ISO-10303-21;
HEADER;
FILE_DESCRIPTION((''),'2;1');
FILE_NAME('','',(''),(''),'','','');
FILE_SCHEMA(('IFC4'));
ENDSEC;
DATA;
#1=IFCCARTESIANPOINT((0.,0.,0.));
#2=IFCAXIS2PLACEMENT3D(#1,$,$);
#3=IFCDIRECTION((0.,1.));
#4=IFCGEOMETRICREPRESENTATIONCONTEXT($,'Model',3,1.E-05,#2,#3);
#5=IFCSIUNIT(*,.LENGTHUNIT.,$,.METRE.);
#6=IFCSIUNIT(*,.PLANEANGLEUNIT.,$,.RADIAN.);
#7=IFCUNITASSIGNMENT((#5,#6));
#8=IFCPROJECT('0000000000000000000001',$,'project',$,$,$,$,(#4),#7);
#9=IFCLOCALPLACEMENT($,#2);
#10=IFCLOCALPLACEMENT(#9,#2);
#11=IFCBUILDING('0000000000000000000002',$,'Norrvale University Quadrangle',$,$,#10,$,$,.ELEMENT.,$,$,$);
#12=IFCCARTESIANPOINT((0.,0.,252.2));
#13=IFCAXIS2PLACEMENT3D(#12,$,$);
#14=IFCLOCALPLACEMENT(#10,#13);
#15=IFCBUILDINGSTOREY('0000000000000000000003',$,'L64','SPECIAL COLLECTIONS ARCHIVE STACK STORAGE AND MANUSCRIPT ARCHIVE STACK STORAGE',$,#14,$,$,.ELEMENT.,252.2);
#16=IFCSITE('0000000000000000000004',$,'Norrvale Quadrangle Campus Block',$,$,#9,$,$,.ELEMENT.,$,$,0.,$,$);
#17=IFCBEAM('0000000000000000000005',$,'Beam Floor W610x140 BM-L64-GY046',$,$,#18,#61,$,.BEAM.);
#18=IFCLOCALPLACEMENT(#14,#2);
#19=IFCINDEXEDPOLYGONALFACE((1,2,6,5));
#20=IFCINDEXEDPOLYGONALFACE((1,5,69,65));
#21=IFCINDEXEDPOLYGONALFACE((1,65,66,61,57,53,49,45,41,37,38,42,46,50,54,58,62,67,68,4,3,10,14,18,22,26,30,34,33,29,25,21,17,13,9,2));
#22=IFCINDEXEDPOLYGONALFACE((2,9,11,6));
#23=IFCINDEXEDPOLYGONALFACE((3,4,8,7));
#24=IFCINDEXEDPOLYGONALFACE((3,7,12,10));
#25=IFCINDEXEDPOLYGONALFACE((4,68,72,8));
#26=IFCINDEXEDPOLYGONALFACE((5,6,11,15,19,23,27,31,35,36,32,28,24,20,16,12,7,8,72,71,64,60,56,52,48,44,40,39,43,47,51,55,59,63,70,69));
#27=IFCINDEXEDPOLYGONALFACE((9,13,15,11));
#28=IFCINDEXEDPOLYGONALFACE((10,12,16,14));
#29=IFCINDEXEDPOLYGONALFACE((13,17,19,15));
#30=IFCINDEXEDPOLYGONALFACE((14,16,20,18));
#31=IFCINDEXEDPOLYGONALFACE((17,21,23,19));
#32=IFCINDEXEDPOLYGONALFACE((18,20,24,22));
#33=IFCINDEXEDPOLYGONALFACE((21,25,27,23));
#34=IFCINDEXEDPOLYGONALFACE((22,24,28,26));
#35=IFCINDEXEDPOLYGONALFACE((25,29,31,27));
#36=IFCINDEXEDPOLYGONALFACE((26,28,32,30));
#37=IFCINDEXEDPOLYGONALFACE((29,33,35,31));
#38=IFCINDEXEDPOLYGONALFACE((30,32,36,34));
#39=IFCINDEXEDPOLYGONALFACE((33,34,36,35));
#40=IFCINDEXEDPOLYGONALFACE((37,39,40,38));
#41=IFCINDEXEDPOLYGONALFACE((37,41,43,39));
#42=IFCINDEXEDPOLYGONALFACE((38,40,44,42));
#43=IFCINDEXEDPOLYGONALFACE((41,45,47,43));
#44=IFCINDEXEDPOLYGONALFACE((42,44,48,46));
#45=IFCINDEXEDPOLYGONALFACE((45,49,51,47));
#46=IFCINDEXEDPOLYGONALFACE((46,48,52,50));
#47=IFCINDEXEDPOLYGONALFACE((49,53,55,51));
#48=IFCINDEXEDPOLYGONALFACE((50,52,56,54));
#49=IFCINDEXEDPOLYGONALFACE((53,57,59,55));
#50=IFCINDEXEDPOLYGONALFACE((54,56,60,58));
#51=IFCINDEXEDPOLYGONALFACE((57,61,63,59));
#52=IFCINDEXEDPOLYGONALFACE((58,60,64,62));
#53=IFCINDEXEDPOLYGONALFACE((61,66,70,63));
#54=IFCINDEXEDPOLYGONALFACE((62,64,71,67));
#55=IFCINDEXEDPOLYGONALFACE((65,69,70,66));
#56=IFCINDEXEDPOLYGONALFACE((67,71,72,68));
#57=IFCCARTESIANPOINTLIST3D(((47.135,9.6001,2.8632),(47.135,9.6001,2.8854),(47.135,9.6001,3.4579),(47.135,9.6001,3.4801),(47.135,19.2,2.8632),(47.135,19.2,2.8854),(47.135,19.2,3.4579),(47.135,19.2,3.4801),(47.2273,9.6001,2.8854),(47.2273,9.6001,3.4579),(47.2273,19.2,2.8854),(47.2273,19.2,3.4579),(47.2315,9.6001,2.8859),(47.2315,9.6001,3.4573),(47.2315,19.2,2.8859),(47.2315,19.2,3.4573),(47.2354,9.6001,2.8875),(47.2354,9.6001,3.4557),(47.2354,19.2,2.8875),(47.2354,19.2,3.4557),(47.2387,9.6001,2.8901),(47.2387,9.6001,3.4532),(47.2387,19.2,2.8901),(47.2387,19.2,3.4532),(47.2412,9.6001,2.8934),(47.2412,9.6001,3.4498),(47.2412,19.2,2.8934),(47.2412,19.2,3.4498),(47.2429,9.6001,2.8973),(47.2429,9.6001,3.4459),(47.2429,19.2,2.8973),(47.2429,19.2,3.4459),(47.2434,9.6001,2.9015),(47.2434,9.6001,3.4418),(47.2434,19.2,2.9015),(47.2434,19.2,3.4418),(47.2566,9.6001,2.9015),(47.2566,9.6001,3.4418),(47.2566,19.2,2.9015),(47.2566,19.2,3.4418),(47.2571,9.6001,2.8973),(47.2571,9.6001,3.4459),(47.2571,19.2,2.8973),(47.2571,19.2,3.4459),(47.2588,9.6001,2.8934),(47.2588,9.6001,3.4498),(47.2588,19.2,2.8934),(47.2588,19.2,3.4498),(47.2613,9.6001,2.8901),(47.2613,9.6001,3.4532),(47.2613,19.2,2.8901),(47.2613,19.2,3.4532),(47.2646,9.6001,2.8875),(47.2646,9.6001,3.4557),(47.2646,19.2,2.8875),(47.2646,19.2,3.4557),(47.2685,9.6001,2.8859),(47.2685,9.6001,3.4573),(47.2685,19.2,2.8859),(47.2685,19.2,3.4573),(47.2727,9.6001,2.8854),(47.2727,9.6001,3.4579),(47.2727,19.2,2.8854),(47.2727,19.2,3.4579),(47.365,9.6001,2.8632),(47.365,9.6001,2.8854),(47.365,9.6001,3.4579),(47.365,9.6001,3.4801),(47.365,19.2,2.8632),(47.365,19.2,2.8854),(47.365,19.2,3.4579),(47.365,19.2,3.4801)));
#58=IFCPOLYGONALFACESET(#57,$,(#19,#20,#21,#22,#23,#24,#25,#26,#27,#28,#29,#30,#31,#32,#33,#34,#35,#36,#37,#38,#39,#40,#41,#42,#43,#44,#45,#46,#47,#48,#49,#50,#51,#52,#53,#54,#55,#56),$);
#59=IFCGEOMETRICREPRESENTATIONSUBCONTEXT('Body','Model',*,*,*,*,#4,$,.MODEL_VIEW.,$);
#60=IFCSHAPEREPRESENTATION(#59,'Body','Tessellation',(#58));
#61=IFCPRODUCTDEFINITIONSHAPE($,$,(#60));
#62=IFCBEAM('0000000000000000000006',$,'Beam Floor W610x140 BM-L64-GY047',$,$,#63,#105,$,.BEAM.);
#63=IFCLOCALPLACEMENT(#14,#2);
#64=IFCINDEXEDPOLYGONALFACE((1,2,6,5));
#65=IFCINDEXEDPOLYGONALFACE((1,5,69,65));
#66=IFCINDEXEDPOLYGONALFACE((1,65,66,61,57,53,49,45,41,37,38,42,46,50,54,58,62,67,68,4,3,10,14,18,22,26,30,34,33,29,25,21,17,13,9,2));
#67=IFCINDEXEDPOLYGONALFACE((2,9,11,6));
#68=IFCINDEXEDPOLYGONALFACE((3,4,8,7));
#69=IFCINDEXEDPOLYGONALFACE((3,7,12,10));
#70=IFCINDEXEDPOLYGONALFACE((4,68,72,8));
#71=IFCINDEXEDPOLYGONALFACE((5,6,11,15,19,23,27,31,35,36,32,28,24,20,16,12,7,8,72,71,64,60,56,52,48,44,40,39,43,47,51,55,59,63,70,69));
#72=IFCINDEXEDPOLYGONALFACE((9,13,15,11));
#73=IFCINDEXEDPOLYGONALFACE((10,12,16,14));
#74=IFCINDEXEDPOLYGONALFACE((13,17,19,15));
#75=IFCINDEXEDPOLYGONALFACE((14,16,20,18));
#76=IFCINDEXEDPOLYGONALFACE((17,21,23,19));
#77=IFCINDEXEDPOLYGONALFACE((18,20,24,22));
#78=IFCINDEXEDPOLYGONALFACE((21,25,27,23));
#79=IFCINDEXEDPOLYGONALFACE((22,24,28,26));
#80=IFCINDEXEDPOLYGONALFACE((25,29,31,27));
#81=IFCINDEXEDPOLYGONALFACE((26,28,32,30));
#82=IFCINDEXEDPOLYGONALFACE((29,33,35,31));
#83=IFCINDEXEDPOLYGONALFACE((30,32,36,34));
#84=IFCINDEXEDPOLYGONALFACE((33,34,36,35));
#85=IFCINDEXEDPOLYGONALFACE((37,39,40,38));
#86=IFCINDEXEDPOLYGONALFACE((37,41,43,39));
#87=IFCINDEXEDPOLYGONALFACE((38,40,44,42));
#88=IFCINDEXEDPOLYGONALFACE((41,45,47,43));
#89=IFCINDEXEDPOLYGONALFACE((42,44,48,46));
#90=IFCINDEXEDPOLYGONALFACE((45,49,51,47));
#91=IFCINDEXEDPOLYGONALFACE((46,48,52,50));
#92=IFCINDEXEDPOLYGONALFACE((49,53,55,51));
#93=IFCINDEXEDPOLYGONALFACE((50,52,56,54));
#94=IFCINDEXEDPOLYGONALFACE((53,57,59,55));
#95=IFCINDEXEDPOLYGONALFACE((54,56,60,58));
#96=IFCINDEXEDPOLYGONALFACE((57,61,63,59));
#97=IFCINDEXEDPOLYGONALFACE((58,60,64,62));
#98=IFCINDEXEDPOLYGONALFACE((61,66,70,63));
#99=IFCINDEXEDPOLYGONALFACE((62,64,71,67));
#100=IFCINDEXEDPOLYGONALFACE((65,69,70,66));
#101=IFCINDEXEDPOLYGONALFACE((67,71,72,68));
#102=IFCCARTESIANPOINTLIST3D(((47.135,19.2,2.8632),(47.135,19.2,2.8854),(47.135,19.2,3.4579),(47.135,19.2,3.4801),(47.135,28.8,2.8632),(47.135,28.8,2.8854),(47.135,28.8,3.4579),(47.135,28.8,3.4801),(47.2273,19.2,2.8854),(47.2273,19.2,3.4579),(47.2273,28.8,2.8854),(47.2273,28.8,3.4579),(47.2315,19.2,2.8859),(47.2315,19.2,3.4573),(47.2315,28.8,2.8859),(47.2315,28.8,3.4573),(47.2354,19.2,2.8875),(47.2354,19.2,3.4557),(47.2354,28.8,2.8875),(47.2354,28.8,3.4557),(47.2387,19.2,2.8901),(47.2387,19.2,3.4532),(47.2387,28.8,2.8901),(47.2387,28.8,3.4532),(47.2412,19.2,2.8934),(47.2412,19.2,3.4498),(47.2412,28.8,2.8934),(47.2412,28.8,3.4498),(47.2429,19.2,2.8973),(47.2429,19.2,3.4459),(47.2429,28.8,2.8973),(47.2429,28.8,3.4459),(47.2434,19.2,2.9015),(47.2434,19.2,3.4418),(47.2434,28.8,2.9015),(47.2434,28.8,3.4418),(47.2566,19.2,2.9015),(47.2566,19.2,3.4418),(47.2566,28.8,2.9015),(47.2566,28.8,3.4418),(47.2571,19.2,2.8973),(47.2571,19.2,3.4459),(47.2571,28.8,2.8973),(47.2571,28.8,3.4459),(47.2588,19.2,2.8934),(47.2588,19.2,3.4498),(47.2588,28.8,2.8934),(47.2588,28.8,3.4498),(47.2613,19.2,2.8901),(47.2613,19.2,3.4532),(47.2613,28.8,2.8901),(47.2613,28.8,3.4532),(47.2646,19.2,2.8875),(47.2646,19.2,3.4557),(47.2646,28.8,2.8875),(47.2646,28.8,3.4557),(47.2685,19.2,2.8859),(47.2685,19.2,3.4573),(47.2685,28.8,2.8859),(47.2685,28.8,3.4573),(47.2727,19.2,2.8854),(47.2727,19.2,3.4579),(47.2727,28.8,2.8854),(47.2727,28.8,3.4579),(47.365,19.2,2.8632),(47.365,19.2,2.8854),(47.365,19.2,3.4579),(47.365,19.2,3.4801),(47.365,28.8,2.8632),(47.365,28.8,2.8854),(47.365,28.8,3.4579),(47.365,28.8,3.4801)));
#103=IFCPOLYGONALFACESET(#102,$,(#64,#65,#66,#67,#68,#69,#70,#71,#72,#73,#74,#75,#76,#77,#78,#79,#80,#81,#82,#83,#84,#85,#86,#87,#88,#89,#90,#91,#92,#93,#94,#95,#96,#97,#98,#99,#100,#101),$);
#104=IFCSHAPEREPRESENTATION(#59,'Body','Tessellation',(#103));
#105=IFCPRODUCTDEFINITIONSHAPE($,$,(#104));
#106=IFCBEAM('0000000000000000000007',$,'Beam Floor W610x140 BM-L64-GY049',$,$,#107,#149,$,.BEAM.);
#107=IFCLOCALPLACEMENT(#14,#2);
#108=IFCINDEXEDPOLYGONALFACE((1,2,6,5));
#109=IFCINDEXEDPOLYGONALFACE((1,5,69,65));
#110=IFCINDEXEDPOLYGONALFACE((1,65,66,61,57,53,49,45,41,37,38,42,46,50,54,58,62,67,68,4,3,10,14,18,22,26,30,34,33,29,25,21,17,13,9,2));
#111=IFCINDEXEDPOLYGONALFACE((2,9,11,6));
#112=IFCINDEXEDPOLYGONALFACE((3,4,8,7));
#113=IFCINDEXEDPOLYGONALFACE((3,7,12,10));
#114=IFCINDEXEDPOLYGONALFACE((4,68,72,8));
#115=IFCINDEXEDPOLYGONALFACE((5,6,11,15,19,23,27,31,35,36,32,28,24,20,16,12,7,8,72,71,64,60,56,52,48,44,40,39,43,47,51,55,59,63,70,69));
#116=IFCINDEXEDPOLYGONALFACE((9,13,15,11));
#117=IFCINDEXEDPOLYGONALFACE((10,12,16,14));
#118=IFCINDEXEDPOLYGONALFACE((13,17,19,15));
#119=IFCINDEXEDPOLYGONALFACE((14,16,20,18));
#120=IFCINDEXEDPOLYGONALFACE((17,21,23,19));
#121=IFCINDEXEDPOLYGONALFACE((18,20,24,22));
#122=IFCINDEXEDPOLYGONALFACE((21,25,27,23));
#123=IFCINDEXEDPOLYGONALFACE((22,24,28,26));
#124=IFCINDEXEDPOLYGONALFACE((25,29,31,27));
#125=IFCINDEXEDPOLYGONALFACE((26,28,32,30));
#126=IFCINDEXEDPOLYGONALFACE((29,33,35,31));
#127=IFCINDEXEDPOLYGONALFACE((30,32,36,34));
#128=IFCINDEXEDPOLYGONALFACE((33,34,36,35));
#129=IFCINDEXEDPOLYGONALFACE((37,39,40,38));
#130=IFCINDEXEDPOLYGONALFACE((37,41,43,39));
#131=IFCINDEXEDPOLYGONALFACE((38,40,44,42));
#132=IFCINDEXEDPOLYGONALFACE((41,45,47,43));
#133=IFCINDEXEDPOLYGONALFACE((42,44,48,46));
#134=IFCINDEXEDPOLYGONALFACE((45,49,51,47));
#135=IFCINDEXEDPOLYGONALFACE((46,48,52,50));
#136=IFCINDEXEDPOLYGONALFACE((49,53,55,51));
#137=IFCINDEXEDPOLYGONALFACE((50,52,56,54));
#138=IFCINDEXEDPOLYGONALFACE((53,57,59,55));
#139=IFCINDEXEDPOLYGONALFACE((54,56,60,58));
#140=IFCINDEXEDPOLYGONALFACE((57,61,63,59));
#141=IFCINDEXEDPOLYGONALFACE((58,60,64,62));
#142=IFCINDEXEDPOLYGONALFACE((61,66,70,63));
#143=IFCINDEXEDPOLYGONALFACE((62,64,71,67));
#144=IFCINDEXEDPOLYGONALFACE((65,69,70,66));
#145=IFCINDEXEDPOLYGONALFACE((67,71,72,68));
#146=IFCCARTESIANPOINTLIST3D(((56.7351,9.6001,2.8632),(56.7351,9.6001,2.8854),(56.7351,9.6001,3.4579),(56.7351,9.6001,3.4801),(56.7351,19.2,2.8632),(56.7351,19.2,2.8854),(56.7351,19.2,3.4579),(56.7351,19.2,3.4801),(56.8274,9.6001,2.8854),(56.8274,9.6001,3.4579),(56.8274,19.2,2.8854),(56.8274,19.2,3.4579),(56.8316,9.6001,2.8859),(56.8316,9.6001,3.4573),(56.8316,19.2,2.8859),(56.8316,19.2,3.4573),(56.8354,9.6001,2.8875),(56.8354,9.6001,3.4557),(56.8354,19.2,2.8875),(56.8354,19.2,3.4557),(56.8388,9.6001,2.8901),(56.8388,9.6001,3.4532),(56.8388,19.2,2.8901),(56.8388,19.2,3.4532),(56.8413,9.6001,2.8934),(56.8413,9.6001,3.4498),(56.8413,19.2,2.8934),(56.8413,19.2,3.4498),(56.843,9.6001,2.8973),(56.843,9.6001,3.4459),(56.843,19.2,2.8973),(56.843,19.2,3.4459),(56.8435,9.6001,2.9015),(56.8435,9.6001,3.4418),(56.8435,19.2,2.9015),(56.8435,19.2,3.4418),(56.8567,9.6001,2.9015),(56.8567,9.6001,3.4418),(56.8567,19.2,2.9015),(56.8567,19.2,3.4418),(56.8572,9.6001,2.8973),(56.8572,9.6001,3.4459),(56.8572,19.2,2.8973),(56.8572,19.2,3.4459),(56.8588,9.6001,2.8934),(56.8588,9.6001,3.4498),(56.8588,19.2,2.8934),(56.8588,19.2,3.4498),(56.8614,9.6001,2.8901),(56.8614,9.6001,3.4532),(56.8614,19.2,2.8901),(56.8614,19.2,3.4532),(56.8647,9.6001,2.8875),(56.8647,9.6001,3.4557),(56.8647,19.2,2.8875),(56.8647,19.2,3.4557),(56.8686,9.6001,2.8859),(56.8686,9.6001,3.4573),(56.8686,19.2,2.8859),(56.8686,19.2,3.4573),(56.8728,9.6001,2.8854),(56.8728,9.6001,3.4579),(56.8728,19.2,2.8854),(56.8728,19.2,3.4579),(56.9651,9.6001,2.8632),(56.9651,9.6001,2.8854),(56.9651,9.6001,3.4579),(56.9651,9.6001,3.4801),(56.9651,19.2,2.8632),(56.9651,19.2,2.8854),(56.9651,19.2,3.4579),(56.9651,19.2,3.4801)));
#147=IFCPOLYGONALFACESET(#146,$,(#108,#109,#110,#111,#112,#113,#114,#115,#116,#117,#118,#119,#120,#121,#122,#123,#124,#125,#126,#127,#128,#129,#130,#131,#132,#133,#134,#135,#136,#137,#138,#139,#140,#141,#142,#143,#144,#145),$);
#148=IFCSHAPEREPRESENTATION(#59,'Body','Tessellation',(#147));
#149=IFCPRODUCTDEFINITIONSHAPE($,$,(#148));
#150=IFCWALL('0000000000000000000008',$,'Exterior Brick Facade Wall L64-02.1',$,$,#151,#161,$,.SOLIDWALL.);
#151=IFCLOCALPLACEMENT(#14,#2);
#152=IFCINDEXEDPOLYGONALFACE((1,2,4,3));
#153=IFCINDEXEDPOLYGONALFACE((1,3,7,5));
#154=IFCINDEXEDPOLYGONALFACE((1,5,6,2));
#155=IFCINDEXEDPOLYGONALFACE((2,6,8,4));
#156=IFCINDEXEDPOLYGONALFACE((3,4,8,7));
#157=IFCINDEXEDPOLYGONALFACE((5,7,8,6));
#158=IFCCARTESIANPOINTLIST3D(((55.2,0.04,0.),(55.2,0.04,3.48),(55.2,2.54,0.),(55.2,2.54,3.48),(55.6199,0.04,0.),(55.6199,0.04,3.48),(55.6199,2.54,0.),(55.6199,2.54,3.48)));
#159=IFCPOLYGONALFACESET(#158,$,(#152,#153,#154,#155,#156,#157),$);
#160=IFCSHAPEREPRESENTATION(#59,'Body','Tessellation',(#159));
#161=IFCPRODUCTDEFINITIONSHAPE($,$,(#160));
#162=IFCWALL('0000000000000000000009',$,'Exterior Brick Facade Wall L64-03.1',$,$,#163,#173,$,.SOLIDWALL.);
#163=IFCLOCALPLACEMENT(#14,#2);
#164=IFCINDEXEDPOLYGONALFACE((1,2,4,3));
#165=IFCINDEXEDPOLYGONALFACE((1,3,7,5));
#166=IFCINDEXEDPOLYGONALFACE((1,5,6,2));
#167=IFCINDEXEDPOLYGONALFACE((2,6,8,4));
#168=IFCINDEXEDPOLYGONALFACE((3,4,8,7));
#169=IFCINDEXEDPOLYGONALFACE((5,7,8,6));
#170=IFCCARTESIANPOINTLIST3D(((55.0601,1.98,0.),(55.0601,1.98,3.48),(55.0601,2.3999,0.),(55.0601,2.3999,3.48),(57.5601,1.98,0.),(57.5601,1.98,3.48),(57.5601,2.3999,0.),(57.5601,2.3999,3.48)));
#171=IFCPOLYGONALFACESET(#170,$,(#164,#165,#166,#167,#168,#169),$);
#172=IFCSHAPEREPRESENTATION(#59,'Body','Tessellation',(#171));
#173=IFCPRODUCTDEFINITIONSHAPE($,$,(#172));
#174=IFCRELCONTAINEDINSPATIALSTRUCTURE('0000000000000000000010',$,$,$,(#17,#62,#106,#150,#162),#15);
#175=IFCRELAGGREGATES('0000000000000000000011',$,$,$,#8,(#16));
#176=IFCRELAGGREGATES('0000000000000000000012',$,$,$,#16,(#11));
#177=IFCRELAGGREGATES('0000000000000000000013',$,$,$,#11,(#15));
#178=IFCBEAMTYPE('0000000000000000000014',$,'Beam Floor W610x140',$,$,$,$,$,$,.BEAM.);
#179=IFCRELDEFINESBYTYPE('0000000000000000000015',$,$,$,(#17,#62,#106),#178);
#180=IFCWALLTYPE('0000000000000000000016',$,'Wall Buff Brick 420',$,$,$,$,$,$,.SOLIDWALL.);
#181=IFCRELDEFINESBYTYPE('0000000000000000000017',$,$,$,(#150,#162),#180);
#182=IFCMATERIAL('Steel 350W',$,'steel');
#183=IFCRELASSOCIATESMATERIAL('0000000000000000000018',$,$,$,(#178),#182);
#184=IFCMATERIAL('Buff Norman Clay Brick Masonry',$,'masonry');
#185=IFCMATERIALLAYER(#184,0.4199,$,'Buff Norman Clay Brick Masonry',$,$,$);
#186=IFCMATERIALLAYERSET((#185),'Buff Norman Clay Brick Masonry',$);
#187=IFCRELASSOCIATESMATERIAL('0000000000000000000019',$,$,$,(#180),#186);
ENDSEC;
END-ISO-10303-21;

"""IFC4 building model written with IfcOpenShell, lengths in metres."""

from ifc_helpers import new_model, si_unit, direction, frame, frame_2d, origin, origin_2d, place, context, subcontext, project, spatial, rectangle, i_section, extrude, material, layer, layer_set, material_profile, profile_set, type_object, element, save


model = new_model("IFC4")

# Units and contexts
model_context = context("Model", 3, precision=1e-05, world=origin(), true_north=direction((0.0, 1.0)))
body_context = subcontext(model_context, "Body", "Model", "MODEL_VIEW")
ifc_project = project(units=[si_unit("LENGTHUNIT", "METRE"), si_unit("PLANEANGLEUNIT", "RADIAN")], contexts=[model_context])

# Site, building, storey
site_placement = place(None, origin())
site = spatial("IfcSite", under=ifc_project, at=site_placement, Name="Norrvale Quadrangle Campus Block", CompositionType="ELEMENT", RefElevation=0.0)
building_placement = place(site_placement, origin())
building = spatial("IfcBuilding", under=site, at=building_placement, Name="Norrvale University Quadrangle", CompositionType="ELEMENT")
storey_placement = place(building_placement, frame((0.0, 0.0, 252.2)))
storey = spatial("IfcBuildingStorey", under=building, at=storey_placement, Name="L64", Description="SPECIAL COLLECTIONS ARCHIVE STACK STORAGE AND MANUSCRIPT ARCHIVE STACK STORAGE", CompositionType="ELEMENT", Elevation=252.2)

# Beams
ifc_material_1 = material(Name="Steel 350W", Category="steel")
ifc_material_profile_1 = material_profile(ifc_material_1, i_section(OverallWidth=0.23, OverallDepth=0.6169, WebThickness=0.0132, FlangeThickness=0.0222, FilletRadius=0.0161, at=origin_2d()), Name="Steel 350W")
ifc_profile_set_1 = profile_set([ifc_material_profile_1], Name="Steel 350W")
beam_type_1 = type_object("IfcBeamType", Name="Beam Floor W610x140", PredefinedType="BEAM", material=ifc_profile_set_1)
beam_1_placement = place(storey_placement, frame((47.25, 9.6001, 3.1716), z_axis=(0.0, 1.0, 0.0), x_axis=(-1.0, 0.0, 0.0)))
element("IfcBeam", 1, at=beam_1_placement, inside=storey, type_object=beam_type_1, Name="Beam Floor W610x140 BM-L64-GY046", PredefinedType="BEAM", context=body_context, shape_type="SweptSolid", body=[
    extrude(i_section(OverallWidth=0.23, OverallDepth=0.6169, WebThickness=0.0132, FlangeThickness=0.0222, FilletRadius=0.0161, at=origin_2d()), origin(), (0.0, 0.0, 1.0), 9.5999),
])
beam_2_placement = place(storey_placement, frame((47.25, 19.2, 3.1716), z_axis=(0.0, 1.0, 0.0), x_axis=(-1.0, 0.0, 0.0)))
element("IfcBeam", 2, at=beam_2_placement, inside=storey, type_object=beam_type_1, Name="Beam Floor W610x140 BM-L64-GY047", PredefinedType="BEAM", context=body_context, shape_type="SweptSolid", body=[
    extrude(i_section(OverallWidth=0.23, OverallDepth=0.6169, WebThickness=0.0132, FlangeThickness=0.0222, FilletRadius=0.0161, at=origin_2d()), origin(), (0.0, 0.0, 1.0), 9.6001),
])
beam_3_placement = place(storey_placement, frame((56.8501, 9.6001, 3.1716), z_axis=(0.0, 1.0, 0.0), x_axis=(-1.0, 0.0, 0.0)))
element("IfcBeam", 3, at=beam_3_placement, inside=storey, type_object=beam_type_1, Name="Beam Floor W610x140 BM-L64-GY049", PredefinedType="BEAM", context=body_context, shape_type="SweptSolid", body=[
    extrude(i_section(OverallWidth=0.23, OverallDepth=0.6169, WebThickness=0.0132, FlangeThickness=0.0222, FilletRadius=0.0161, at=origin_2d()), origin(), (0.0, 0.0, 1.0), 9.5999),
])

# Walls
ifc_material_2 = material(Name="Buff Norman Clay Brick Masonry", Category="masonry")
ifc_layer_1 = layer(ifc_material_2, 0.4199, Name="Buff Norman Clay Brick Masonry")
ifc_layer_set_1 = layer_set([ifc_layer_1], Name="Buff Norman Clay Brick Masonry")
wall_type_1 = type_object("IfcWallType", Name="Wall Buff Brick 420", PredefinedType="SOLIDWALL", material=ifc_layer_set_1)
for number, where, z_axis, x_axis, name in (
    (4, (55.4099, 0.04, 0.0), (0.0, 0.0, 1.0), (0.0, 1.0, 0.0), "Exterior Brick Facade Wall L64-02.1"),
    (5, (55.0601, 2.1899, 0.0), (0.0, 0.0, 1.0), (1.0, 0.0, 0.0), "Exterior Brick Facade Wall L64-03.1"),
):
    element("IfcWall", number, at=place(storey_placement, frame(where, z_axis=z_axis, x_axis=x_axis)), inside=storey, type_object=wall_type_1, Name=name, PredefinedType="SOLIDWALL", context=body_context, shape_type="SweptSolid", body=[
        extrude(rectangle(XDim=2.5, YDim=0.4199, at=frame_2d((1.25, 0.0))), origin(), (0.0, 0.0, 1.0), 3.48),
    ])

save(model, "model.ifc")
